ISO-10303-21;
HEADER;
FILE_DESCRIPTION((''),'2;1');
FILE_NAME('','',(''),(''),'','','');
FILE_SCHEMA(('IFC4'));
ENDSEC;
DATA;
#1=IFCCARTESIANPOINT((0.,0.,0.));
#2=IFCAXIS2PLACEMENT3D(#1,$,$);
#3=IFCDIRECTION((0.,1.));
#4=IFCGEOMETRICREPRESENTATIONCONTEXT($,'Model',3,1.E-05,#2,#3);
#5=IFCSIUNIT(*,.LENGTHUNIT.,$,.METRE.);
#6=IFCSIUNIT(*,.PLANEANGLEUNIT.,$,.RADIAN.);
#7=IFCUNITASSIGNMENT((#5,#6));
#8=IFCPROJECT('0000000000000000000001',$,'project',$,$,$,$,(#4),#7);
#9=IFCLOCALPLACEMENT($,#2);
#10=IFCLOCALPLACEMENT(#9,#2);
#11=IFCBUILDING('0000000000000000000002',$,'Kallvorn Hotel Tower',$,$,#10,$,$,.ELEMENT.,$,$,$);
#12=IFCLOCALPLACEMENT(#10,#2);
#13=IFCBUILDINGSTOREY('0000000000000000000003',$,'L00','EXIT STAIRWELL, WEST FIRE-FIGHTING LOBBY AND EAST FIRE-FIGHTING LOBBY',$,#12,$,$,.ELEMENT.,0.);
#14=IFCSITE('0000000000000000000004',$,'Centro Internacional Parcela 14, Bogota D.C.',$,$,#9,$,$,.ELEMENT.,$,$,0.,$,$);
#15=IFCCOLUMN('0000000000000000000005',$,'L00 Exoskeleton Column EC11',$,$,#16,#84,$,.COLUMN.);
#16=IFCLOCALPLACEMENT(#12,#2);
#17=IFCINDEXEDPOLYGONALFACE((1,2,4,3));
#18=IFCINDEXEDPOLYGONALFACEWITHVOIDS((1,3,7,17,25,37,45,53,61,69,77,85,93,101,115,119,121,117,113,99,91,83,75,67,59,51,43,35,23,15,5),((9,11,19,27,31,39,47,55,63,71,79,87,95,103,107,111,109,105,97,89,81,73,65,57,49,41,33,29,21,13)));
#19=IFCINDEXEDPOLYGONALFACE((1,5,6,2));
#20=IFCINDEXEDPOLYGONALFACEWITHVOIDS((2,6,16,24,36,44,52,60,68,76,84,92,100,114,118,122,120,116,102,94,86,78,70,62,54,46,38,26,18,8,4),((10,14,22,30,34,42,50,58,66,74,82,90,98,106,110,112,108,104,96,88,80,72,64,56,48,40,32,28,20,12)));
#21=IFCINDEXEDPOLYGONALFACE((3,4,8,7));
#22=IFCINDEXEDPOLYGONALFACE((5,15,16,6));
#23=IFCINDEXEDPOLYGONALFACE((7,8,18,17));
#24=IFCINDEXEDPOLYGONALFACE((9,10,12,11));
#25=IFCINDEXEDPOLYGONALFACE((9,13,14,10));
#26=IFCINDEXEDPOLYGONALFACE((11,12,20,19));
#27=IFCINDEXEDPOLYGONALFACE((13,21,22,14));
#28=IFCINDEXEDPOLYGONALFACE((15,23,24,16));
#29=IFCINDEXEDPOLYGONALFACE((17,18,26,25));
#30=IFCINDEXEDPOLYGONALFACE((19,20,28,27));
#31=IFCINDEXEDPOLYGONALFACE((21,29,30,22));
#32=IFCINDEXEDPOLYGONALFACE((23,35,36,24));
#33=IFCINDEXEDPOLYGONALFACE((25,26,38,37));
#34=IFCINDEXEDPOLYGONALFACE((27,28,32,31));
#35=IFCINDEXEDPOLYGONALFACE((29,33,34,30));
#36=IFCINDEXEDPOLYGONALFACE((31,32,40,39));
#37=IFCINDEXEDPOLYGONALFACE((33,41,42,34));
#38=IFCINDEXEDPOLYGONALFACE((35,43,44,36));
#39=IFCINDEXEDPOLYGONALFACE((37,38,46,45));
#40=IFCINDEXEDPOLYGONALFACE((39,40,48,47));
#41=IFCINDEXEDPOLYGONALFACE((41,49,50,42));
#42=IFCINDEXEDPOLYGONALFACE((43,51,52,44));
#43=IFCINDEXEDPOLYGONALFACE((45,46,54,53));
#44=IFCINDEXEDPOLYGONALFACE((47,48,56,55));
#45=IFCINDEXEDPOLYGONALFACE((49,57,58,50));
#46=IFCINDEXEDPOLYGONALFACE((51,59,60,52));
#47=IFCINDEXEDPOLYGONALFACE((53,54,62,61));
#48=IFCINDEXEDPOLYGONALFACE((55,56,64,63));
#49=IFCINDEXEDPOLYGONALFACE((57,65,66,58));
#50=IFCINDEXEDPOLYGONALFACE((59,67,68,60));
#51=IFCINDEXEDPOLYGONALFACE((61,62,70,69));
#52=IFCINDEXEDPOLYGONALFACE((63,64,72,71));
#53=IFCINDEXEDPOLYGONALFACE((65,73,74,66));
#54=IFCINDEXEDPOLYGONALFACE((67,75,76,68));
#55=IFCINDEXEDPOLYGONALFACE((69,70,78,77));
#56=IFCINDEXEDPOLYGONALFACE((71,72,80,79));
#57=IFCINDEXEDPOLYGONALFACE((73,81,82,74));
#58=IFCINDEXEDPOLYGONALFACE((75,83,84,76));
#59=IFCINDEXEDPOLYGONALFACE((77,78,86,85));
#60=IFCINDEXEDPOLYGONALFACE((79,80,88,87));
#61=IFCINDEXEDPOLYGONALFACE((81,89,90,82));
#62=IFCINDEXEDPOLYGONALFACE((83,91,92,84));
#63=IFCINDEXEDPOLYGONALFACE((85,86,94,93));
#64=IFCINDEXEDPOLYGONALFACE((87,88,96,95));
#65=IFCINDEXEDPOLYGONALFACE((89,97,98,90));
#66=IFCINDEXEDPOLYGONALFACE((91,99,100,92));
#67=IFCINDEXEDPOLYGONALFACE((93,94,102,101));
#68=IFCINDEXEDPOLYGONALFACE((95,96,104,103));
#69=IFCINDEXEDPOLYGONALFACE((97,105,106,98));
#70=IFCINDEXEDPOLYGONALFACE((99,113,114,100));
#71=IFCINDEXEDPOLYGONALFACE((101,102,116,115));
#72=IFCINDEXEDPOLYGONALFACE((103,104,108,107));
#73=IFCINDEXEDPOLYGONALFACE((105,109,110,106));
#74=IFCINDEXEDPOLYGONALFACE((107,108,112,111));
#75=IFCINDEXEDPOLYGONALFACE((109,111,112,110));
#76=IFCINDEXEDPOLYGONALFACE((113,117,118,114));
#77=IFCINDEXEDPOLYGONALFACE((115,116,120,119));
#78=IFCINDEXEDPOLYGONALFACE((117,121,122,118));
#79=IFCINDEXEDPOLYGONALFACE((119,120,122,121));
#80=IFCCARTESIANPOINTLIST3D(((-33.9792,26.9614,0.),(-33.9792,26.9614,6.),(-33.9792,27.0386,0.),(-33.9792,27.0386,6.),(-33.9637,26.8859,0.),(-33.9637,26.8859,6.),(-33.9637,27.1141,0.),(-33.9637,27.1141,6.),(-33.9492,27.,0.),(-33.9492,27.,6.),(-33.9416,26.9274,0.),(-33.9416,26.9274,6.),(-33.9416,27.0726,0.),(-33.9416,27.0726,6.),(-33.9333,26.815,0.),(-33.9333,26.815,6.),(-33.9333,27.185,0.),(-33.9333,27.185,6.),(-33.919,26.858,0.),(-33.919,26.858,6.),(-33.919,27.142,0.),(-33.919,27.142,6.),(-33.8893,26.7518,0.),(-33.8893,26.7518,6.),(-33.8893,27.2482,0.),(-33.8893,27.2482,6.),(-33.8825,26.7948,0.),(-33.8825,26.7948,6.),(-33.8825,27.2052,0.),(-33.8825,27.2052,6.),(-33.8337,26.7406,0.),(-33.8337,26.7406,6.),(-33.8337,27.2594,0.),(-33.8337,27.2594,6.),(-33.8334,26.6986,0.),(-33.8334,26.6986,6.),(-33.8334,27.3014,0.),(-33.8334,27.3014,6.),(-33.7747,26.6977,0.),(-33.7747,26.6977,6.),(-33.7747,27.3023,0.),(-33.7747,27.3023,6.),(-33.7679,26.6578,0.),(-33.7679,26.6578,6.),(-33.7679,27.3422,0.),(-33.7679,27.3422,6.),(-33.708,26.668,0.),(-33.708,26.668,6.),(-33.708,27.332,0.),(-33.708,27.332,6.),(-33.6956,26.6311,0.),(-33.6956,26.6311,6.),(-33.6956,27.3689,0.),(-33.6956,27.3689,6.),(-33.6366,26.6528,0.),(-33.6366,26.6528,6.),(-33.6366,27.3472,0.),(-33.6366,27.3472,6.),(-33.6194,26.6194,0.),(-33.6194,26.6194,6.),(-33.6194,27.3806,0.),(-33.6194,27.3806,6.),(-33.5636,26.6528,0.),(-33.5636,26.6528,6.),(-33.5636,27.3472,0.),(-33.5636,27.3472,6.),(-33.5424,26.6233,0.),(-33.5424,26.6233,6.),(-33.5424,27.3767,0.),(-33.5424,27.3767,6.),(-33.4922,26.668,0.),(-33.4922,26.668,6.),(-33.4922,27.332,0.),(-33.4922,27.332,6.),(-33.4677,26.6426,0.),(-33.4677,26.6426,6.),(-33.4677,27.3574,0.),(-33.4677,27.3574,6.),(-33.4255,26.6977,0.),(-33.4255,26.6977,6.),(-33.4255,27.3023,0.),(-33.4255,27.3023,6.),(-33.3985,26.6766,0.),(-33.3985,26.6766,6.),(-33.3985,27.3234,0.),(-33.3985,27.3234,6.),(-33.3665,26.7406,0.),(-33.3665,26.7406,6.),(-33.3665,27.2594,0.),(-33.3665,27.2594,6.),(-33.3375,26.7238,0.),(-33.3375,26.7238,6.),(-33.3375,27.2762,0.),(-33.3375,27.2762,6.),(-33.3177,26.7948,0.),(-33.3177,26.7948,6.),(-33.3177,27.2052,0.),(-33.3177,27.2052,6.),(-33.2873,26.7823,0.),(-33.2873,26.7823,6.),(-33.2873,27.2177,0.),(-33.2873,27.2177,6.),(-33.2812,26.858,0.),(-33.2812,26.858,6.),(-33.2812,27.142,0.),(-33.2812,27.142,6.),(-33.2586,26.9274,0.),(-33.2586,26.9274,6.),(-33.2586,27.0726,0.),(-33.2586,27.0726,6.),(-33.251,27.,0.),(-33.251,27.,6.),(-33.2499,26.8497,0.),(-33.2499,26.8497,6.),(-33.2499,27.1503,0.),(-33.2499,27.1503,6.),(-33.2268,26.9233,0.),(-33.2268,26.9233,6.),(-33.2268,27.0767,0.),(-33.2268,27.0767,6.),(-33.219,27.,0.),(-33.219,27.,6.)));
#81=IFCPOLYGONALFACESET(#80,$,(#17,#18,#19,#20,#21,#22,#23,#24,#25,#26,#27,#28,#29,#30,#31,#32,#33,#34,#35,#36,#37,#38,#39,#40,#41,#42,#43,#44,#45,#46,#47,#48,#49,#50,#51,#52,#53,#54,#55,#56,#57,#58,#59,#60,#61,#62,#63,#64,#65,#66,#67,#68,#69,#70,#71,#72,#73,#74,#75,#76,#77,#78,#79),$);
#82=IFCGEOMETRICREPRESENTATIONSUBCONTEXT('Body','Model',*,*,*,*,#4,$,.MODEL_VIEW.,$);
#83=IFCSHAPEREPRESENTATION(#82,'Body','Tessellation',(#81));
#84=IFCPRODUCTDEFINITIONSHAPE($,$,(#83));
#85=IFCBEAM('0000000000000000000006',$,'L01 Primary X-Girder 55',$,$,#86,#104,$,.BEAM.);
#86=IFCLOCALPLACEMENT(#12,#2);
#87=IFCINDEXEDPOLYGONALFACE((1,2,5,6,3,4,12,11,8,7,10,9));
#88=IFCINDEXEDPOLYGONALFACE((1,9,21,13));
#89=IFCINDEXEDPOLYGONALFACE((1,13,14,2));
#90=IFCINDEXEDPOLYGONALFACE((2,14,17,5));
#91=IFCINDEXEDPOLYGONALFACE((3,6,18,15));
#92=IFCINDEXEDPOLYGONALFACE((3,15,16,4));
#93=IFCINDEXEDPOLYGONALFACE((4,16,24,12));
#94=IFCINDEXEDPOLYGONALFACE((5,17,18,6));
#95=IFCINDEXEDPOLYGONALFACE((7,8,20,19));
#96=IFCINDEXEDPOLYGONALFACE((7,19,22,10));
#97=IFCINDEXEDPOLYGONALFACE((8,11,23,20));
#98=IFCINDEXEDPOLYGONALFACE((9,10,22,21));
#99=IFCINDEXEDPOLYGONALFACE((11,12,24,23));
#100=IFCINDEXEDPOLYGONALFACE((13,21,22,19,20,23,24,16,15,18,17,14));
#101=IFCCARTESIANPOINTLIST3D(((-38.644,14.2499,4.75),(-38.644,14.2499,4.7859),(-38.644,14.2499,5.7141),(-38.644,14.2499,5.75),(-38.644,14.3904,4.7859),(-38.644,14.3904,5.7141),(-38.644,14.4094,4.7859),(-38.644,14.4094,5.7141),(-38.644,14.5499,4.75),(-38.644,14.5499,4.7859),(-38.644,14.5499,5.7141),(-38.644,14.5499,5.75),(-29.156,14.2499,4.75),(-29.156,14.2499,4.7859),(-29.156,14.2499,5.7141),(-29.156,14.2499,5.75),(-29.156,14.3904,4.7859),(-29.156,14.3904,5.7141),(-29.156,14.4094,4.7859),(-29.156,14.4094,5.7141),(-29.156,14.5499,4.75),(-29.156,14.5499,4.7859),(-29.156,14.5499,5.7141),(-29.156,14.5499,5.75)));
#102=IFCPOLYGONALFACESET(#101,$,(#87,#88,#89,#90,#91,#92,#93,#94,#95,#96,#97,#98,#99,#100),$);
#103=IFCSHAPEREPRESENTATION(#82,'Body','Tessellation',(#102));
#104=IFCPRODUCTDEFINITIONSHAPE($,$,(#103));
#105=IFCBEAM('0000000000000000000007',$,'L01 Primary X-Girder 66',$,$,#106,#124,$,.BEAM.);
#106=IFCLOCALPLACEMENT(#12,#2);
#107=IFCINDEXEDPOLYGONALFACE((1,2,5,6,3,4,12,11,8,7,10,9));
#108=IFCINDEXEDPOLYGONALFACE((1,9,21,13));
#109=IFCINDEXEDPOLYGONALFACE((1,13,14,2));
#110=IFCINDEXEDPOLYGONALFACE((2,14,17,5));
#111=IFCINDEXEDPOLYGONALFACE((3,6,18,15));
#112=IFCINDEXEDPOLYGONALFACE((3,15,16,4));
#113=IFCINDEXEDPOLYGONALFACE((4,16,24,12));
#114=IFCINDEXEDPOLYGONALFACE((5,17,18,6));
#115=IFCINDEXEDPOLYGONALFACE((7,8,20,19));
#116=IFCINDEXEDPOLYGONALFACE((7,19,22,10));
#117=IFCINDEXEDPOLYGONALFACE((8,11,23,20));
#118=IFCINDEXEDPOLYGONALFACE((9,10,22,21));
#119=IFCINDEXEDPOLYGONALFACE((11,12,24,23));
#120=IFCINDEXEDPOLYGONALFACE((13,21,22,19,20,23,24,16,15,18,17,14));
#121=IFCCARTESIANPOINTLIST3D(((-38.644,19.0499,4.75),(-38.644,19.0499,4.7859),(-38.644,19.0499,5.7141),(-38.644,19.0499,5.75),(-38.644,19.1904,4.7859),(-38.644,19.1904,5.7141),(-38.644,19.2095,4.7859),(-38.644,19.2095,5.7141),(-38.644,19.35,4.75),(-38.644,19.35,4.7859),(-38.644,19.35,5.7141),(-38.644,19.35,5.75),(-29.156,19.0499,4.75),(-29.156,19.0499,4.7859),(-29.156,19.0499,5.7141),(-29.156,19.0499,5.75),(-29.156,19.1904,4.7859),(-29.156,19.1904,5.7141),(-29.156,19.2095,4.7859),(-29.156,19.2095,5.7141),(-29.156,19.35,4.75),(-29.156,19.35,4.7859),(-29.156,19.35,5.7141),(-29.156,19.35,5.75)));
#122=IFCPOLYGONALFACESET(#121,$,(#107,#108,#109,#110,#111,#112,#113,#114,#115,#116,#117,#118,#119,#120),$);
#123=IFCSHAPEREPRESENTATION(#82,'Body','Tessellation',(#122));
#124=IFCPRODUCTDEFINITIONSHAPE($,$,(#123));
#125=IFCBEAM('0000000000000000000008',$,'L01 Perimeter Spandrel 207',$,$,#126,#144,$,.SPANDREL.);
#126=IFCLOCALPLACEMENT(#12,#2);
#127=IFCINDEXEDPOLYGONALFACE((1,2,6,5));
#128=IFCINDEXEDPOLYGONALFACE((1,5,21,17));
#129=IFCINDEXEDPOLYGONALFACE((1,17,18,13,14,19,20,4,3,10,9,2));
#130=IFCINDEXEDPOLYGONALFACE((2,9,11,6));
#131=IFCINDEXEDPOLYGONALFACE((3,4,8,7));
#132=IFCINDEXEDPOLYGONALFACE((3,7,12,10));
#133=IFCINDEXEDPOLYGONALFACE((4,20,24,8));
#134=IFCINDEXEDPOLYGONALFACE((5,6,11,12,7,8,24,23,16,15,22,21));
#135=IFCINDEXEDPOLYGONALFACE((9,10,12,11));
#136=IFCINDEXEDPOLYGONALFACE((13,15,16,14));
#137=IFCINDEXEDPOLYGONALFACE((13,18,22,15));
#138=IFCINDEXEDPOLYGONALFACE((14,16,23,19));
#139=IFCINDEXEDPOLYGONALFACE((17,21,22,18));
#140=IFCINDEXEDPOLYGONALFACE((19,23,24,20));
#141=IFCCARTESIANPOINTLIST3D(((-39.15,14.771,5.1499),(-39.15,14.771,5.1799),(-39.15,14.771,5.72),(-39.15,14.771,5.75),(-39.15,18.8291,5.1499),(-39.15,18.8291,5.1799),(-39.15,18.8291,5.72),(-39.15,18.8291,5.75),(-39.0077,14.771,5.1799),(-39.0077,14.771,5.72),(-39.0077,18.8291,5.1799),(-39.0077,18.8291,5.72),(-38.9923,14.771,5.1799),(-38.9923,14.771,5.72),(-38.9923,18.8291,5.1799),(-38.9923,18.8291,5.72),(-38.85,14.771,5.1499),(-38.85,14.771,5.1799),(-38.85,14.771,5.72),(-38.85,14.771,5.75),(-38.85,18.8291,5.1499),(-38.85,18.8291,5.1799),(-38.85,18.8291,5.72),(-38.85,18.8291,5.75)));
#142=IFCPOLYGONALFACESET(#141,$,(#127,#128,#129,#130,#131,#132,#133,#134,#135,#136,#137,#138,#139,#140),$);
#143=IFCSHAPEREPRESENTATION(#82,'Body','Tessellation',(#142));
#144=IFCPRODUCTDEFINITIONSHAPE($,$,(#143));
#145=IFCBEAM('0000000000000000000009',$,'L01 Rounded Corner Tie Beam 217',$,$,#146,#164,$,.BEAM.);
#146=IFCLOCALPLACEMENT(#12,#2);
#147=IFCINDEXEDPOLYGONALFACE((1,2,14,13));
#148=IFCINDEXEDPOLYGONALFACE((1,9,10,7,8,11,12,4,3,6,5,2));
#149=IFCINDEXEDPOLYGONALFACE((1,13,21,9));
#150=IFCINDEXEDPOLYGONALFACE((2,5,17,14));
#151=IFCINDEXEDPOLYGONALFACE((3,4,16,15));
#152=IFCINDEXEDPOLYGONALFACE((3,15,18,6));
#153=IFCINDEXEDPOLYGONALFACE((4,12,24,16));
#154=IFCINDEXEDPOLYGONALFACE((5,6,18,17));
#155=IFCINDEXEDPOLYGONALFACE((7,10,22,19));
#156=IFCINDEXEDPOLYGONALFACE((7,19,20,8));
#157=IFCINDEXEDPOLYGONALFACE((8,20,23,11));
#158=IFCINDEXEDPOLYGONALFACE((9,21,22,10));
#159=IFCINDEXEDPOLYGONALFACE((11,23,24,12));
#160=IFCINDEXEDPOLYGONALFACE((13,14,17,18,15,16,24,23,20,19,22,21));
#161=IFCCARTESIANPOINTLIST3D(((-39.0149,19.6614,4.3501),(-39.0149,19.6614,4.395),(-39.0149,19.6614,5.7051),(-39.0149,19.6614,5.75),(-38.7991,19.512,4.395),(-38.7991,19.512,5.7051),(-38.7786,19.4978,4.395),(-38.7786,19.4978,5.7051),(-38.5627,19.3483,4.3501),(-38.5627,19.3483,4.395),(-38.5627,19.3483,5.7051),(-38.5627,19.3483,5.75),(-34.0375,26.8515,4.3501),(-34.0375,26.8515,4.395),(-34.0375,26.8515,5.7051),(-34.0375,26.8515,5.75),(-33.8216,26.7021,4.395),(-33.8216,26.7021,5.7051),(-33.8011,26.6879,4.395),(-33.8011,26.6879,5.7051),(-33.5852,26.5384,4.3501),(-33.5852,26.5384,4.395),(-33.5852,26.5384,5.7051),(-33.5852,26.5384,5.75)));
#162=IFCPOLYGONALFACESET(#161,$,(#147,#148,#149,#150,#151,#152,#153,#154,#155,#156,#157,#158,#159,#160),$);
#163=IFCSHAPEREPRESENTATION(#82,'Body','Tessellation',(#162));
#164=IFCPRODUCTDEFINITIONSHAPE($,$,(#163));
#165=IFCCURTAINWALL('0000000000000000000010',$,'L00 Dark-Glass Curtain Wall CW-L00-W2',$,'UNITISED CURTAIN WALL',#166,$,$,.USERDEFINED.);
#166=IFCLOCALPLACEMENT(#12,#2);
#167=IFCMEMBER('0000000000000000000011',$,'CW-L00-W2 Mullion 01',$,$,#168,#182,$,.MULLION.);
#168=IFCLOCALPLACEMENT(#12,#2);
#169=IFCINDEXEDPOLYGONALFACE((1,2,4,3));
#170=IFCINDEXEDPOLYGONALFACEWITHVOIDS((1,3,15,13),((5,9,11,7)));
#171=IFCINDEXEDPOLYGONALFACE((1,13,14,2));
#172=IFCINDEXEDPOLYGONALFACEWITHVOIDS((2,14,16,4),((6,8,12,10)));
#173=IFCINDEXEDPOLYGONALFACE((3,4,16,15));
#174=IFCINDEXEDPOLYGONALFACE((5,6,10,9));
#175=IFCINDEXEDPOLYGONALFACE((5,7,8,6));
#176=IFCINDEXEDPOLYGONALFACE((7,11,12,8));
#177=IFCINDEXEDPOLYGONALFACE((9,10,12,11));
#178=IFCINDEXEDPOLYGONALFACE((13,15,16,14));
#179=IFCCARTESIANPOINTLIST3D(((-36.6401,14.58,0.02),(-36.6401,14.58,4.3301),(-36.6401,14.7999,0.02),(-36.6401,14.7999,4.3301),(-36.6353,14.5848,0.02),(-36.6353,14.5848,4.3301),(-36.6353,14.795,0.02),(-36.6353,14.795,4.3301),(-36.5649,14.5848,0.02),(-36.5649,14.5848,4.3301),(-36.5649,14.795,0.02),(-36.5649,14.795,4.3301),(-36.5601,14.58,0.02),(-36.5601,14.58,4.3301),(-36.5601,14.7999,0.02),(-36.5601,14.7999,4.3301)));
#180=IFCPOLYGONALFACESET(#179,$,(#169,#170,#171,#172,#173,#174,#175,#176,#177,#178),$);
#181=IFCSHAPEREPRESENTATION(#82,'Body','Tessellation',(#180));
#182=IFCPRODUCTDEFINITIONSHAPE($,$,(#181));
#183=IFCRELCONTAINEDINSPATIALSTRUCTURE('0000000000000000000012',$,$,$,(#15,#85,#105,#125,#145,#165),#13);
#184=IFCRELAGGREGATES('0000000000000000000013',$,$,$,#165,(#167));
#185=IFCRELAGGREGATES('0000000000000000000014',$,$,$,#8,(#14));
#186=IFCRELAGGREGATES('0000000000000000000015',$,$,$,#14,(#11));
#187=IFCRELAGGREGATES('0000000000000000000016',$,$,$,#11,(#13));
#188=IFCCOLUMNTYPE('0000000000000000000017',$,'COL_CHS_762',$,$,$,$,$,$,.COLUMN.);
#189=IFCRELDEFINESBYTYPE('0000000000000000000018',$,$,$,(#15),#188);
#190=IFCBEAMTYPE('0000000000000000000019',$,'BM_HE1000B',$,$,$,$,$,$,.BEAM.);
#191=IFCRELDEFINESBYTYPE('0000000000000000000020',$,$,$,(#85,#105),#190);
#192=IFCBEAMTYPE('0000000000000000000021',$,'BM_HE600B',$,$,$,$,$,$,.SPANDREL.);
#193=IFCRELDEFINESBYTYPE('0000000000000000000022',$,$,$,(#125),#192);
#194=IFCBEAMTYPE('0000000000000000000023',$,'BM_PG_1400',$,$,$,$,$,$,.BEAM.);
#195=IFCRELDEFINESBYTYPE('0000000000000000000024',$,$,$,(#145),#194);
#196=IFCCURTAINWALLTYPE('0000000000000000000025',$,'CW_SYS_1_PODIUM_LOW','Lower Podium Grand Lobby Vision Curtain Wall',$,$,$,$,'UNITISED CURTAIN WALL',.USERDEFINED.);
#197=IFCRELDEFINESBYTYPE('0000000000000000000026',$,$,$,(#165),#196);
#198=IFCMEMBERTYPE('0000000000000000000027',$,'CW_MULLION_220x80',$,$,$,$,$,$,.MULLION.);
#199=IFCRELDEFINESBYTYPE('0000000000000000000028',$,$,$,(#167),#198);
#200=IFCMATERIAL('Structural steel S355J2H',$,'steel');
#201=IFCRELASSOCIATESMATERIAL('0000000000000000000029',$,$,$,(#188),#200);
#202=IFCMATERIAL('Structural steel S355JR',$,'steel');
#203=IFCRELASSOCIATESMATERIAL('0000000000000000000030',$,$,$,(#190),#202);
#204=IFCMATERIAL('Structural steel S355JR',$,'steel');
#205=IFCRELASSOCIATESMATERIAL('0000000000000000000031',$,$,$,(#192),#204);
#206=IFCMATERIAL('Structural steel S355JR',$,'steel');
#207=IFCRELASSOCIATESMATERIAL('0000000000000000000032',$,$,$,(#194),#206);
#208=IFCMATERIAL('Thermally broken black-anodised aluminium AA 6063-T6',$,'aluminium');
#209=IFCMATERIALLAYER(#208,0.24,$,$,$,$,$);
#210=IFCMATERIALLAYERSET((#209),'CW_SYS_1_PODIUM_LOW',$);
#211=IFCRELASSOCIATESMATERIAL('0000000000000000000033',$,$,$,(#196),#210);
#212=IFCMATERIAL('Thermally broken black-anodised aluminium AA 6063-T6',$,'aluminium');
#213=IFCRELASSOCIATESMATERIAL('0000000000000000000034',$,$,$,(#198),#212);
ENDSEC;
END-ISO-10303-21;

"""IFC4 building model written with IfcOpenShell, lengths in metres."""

from ifc_helpers import new_model, si_unit, direction, frame, origin, origin_2d, place, context, subcontext, project, spatial, hollow_rectangle, hollow_circle, i_section, extrude, material, layer, layer_set, material_profile, profile_set, type_object, element, aggregate, save


model = new_model("IFC4")

# Units and contexts
model_context = context("Model", 3, precision=1e-05, world=origin(), true_north=direction((0.0, 1.0)))
body_context = subcontext(model_context, "Body", "Model", "MODEL_VIEW")
ifc_project = project(units=[si_unit("LENGTHUNIT", "METRE"), si_unit("PLANEANGLEUNIT", "RADIAN")], contexts=[model_context])

# Site, building, storey
site_placement = place(None, origin())
site = spatial("IfcSite", under=ifc_project, at=site_placement, Name="Centro Internacional Parcela 14, Bogota D.C.", CompositionType="ELEMENT", RefElevation=0.0)
building_placement = place(site_placement, origin())
building = spatial("IfcBuilding", under=site, at=building_placement, Name="Kallvorn Hotel Tower", CompositionType="ELEMENT")
storey_placement = place(building_placement, origin())
storey = spatial("IfcBuildingStorey", under=building, at=storey_placement, Name="L00", Description="EXIT STAIRWELL, WEST FIRE-FIGHTING LOBBY AND EAST FIRE-FIGHTING LOBBY", CompositionType="ELEMENT", Elevation=0.0)

# Column
ifc_material_1 = material(Name="Structural steel S355J2H", Category="steel")
ifc_material_profile_1 = material_profile(ifc_material_1, hollow_circle(Radius=0.3811, WallThickness=0.032, at=origin_2d()), Name="CHS 762x32")
ifc_profile_set_1 = profile_set([ifc_material_profile_1], Name="Structural steel S355J2H")
column_type = type_object("IfcColumnType", Name="COL_CHS_762", PredefinedType="COLUMN", material=ifc_profile_set_1)
for number, where, z_axis, x_axis, name in (
    (1, (-33.6001, 27.0, 0.0), (0.0, 0.0, 1.0), (1.0, 0.0, 0.0), "L00 Exoskeleton Column EC11"),
):
    element("IfcColumn", number, at=place(storey_placement, frame(where, z_axis=z_axis, x_axis=x_axis)), inside=storey, type_object=column_type, Name=name, PredefinedType="COLUMN", context=body_context, shape_type="SweptSolid", body=[
        extrude(hollow_circle(Radius=0.3811, WallThickness=0.032, at=origin_2d()), origin(), (0.0, 0.0, 1.0), 6.0),
    ])

# Beams
ifc_material_2 = material(Name="Structural steel S355JR", Category="steel")
ifc_material_profile_2 = material_profile(ifc_material_2, i_section(OverallWidth=0.3, OverallDepth=1.0, WebThickness=0.019, FlangeThickness=0.0359, at=origin_2d()), Name="HE 1000 B")
ifc_profile_set_2 = profile_set([ifc_material_profile_2], Name="Structural steel S355JR")
beam_type_1 = type_object("IfcBeamType", Name="BM_HE1000B", PredefinedType="BEAM", material=ifc_profile_set_2)
for number, where, z_axis, x_axis, name in (
    (2, (-38.644, 14.3999, 5.25), (1.0, 0.0, 0.0), (0.0, 1.0, 0.0), "L01 Primary X-Girder 55"),
    (3, (-38.644, 19.2, 5.25), (1.0, 0.0, 0.0), (0.0, 1.0, 0.0), "L01 Primary X-Girder 66"),
):
    element("IfcBeam", number, at=place(storey_placement, frame(where, z_axis=z_axis, x_axis=x_axis)), inside=storey, type_object=beam_type_1, Name=name, PredefinedType="BEAM", context=body_context, shape_type="SweptSolid", body=[
        extrude(i_section(OverallWidth=0.3, OverallDepth=1.0, WebThickness=0.019, FlangeThickness=0.0359, at=origin_2d()), origin(), (0.0, 0.0, 1.0), 9.488),
    ])
ifc_material_3 = material(Name="Structural steel S355JR", Category="steel")
ifc_material_profile_3 = material_profile(ifc_material_3, i_section(OverallWidth=0.3, OverallDepth=0.6001, WebThickness=0.0154, FlangeThickness=0.03, at=origin_2d()), Name="HE 600 B")
ifc_profile_set_3 = profile_set([ifc_material_profile_3], Name="Structural steel S355JR")
beam_type_2 = type_object("IfcBeamType", Name="BM_HE600B", PredefinedType="SPANDREL", material=ifc_profile_set_3)
beam_1_placement = place(storey_placement, frame((-39.0, 14.771, 5.45), z_axis=(0.0, 1.0, 0.0), x_axis=(-1.0, 0.0, 0.0)))
element("IfcBeam", 4, at=beam_1_placement, inside=storey, type_object=beam_type_2, Name="L01 Perimeter Spandrel 207", PredefinedType="SPANDREL", context=body_context, shape_type="SweptSolid", body=[
    extrude(i_section(OverallWidth=0.3, OverallDepth=0.6001, WebThickness=0.0154, FlangeThickness=0.03, at=origin_2d()), origin(), (0.0, 0.0, 1.0), 4.0581),
])
ifc_material_4 = material(Name="Structural steel S355JR", Category="steel")
ifc_material_profile_4 = material_profile(ifc_material_4, i_section(OverallWidth=0.55, OverallDepth=1.3999, WebThickness=0.0249, FlangeThickness=0.0449, at=origin_2d()), Name="PG 1400x550x25x45")
ifc_profile_set_4 = profile_set([ifc_material_profile_4], Name="Structural steel S355JR")
beam_type_3 = type_object("IfcBeamType", Name="BM_PG_1400", PredefinedType="BEAM", material=ifc_profile_set_4)
beam_2_placement = place(storey_placement, frame((-38.7888, 19.5049, 5.05), z_axis=(0.569188, 0.822207, 0.0), x_axis=(-0.822207, 0.569188, 0.0)))
element("IfcBeam", 5, at=beam_2_placement, inside=storey, type_object=beam_type_3, Name="L01 Rounded Corner Tie Beam 217", PredefinedType="BEAM", context=body_context, shape_type="SweptSolid", body=[
    extrude(i_section(OverallWidth=0.55, OverallDepth=1.3999, WebThickness=0.0249, FlangeThickness=0.0449, at=origin_2d()), origin(), (0.0, 0.0, 1.0), 8.7449),
])

# Curtain wall, member
ifc_material_5 = material(Name="Thermally broken black-anodised aluminium AA 6063-T6", Category="aluminium")
ifc_layer_1 = layer(ifc_material_5, 0.24)
ifc_layer_set_1 = layer_set([ifc_layer_1], Name="CW_SYS_1_PODIUM_LOW")
curtain_wall_type = type_object("IfcCurtainWallType", Name="CW_SYS_1_PODIUM_LOW", Description="Lower Podium Grand Lobby Vision Curtain Wall", ElementType="UNITISED CURTAIN WALL", PredefinedType="USERDEFINED", material=ifc_layer_set_1)
curtain_wall_placement = place(storey_placement, origin())
curtain_wall = element("IfcCurtainWall", 6, at=curtain_wall_placement, inside=storey, type_object=curtain_wall_type, Name="L00 Dark-Glass Curtain Wall CW-L00-W2", ObjectType="UNITISED CURTAIN WALL", PredefinedType="USERDEFINED")
ifc_material_6 = material(Name="Thermally broken black-anodised aluminium AA 6063-T6", Category="aluminium")
ifc_material_profile_5 = material_profile(ifc_material_6, hollow_rectangle(XDim=0.0801, YDim=0.22, WallThickness=0.0049, at=origin_2d()), Name="MUL 220x80")
ifc_profile_set_5 = profile_set([ifc_material_profile_5], Name="Thermally broken black-anodised aluminium AA 6063-T6")
member_type_1 = type_object("IfcMemberType", Name="CW_MULLION_220x80", PredefinedType="MULLION", material=ifc_profile_set_5)
member_1_placement = place(storey_placement, frame((-36.6001, 14.6899, 0.02), z_axis=(0.0, 0.0, 1.0), x_axis=(1.0, 0.0, 0.0)))
member_1 = element("IfcMember", 7, at=member_1_placement, type_object=member_type_1, Name="CW-L00-W2 Mullion 01", PredefinedType="MULLION", context=body_context, shape_type="SweptSolid", body=[
    extrude(hollow_rectangle(XDim=0.0801, YDim=0.22, WallThickness=0.0049, at=origin_2d()), origin(), (0.0, 0.0, 1.0), 4.3101),
])
aggregate(curtain_wall, [member_1])

save(model, "model.ifc")
